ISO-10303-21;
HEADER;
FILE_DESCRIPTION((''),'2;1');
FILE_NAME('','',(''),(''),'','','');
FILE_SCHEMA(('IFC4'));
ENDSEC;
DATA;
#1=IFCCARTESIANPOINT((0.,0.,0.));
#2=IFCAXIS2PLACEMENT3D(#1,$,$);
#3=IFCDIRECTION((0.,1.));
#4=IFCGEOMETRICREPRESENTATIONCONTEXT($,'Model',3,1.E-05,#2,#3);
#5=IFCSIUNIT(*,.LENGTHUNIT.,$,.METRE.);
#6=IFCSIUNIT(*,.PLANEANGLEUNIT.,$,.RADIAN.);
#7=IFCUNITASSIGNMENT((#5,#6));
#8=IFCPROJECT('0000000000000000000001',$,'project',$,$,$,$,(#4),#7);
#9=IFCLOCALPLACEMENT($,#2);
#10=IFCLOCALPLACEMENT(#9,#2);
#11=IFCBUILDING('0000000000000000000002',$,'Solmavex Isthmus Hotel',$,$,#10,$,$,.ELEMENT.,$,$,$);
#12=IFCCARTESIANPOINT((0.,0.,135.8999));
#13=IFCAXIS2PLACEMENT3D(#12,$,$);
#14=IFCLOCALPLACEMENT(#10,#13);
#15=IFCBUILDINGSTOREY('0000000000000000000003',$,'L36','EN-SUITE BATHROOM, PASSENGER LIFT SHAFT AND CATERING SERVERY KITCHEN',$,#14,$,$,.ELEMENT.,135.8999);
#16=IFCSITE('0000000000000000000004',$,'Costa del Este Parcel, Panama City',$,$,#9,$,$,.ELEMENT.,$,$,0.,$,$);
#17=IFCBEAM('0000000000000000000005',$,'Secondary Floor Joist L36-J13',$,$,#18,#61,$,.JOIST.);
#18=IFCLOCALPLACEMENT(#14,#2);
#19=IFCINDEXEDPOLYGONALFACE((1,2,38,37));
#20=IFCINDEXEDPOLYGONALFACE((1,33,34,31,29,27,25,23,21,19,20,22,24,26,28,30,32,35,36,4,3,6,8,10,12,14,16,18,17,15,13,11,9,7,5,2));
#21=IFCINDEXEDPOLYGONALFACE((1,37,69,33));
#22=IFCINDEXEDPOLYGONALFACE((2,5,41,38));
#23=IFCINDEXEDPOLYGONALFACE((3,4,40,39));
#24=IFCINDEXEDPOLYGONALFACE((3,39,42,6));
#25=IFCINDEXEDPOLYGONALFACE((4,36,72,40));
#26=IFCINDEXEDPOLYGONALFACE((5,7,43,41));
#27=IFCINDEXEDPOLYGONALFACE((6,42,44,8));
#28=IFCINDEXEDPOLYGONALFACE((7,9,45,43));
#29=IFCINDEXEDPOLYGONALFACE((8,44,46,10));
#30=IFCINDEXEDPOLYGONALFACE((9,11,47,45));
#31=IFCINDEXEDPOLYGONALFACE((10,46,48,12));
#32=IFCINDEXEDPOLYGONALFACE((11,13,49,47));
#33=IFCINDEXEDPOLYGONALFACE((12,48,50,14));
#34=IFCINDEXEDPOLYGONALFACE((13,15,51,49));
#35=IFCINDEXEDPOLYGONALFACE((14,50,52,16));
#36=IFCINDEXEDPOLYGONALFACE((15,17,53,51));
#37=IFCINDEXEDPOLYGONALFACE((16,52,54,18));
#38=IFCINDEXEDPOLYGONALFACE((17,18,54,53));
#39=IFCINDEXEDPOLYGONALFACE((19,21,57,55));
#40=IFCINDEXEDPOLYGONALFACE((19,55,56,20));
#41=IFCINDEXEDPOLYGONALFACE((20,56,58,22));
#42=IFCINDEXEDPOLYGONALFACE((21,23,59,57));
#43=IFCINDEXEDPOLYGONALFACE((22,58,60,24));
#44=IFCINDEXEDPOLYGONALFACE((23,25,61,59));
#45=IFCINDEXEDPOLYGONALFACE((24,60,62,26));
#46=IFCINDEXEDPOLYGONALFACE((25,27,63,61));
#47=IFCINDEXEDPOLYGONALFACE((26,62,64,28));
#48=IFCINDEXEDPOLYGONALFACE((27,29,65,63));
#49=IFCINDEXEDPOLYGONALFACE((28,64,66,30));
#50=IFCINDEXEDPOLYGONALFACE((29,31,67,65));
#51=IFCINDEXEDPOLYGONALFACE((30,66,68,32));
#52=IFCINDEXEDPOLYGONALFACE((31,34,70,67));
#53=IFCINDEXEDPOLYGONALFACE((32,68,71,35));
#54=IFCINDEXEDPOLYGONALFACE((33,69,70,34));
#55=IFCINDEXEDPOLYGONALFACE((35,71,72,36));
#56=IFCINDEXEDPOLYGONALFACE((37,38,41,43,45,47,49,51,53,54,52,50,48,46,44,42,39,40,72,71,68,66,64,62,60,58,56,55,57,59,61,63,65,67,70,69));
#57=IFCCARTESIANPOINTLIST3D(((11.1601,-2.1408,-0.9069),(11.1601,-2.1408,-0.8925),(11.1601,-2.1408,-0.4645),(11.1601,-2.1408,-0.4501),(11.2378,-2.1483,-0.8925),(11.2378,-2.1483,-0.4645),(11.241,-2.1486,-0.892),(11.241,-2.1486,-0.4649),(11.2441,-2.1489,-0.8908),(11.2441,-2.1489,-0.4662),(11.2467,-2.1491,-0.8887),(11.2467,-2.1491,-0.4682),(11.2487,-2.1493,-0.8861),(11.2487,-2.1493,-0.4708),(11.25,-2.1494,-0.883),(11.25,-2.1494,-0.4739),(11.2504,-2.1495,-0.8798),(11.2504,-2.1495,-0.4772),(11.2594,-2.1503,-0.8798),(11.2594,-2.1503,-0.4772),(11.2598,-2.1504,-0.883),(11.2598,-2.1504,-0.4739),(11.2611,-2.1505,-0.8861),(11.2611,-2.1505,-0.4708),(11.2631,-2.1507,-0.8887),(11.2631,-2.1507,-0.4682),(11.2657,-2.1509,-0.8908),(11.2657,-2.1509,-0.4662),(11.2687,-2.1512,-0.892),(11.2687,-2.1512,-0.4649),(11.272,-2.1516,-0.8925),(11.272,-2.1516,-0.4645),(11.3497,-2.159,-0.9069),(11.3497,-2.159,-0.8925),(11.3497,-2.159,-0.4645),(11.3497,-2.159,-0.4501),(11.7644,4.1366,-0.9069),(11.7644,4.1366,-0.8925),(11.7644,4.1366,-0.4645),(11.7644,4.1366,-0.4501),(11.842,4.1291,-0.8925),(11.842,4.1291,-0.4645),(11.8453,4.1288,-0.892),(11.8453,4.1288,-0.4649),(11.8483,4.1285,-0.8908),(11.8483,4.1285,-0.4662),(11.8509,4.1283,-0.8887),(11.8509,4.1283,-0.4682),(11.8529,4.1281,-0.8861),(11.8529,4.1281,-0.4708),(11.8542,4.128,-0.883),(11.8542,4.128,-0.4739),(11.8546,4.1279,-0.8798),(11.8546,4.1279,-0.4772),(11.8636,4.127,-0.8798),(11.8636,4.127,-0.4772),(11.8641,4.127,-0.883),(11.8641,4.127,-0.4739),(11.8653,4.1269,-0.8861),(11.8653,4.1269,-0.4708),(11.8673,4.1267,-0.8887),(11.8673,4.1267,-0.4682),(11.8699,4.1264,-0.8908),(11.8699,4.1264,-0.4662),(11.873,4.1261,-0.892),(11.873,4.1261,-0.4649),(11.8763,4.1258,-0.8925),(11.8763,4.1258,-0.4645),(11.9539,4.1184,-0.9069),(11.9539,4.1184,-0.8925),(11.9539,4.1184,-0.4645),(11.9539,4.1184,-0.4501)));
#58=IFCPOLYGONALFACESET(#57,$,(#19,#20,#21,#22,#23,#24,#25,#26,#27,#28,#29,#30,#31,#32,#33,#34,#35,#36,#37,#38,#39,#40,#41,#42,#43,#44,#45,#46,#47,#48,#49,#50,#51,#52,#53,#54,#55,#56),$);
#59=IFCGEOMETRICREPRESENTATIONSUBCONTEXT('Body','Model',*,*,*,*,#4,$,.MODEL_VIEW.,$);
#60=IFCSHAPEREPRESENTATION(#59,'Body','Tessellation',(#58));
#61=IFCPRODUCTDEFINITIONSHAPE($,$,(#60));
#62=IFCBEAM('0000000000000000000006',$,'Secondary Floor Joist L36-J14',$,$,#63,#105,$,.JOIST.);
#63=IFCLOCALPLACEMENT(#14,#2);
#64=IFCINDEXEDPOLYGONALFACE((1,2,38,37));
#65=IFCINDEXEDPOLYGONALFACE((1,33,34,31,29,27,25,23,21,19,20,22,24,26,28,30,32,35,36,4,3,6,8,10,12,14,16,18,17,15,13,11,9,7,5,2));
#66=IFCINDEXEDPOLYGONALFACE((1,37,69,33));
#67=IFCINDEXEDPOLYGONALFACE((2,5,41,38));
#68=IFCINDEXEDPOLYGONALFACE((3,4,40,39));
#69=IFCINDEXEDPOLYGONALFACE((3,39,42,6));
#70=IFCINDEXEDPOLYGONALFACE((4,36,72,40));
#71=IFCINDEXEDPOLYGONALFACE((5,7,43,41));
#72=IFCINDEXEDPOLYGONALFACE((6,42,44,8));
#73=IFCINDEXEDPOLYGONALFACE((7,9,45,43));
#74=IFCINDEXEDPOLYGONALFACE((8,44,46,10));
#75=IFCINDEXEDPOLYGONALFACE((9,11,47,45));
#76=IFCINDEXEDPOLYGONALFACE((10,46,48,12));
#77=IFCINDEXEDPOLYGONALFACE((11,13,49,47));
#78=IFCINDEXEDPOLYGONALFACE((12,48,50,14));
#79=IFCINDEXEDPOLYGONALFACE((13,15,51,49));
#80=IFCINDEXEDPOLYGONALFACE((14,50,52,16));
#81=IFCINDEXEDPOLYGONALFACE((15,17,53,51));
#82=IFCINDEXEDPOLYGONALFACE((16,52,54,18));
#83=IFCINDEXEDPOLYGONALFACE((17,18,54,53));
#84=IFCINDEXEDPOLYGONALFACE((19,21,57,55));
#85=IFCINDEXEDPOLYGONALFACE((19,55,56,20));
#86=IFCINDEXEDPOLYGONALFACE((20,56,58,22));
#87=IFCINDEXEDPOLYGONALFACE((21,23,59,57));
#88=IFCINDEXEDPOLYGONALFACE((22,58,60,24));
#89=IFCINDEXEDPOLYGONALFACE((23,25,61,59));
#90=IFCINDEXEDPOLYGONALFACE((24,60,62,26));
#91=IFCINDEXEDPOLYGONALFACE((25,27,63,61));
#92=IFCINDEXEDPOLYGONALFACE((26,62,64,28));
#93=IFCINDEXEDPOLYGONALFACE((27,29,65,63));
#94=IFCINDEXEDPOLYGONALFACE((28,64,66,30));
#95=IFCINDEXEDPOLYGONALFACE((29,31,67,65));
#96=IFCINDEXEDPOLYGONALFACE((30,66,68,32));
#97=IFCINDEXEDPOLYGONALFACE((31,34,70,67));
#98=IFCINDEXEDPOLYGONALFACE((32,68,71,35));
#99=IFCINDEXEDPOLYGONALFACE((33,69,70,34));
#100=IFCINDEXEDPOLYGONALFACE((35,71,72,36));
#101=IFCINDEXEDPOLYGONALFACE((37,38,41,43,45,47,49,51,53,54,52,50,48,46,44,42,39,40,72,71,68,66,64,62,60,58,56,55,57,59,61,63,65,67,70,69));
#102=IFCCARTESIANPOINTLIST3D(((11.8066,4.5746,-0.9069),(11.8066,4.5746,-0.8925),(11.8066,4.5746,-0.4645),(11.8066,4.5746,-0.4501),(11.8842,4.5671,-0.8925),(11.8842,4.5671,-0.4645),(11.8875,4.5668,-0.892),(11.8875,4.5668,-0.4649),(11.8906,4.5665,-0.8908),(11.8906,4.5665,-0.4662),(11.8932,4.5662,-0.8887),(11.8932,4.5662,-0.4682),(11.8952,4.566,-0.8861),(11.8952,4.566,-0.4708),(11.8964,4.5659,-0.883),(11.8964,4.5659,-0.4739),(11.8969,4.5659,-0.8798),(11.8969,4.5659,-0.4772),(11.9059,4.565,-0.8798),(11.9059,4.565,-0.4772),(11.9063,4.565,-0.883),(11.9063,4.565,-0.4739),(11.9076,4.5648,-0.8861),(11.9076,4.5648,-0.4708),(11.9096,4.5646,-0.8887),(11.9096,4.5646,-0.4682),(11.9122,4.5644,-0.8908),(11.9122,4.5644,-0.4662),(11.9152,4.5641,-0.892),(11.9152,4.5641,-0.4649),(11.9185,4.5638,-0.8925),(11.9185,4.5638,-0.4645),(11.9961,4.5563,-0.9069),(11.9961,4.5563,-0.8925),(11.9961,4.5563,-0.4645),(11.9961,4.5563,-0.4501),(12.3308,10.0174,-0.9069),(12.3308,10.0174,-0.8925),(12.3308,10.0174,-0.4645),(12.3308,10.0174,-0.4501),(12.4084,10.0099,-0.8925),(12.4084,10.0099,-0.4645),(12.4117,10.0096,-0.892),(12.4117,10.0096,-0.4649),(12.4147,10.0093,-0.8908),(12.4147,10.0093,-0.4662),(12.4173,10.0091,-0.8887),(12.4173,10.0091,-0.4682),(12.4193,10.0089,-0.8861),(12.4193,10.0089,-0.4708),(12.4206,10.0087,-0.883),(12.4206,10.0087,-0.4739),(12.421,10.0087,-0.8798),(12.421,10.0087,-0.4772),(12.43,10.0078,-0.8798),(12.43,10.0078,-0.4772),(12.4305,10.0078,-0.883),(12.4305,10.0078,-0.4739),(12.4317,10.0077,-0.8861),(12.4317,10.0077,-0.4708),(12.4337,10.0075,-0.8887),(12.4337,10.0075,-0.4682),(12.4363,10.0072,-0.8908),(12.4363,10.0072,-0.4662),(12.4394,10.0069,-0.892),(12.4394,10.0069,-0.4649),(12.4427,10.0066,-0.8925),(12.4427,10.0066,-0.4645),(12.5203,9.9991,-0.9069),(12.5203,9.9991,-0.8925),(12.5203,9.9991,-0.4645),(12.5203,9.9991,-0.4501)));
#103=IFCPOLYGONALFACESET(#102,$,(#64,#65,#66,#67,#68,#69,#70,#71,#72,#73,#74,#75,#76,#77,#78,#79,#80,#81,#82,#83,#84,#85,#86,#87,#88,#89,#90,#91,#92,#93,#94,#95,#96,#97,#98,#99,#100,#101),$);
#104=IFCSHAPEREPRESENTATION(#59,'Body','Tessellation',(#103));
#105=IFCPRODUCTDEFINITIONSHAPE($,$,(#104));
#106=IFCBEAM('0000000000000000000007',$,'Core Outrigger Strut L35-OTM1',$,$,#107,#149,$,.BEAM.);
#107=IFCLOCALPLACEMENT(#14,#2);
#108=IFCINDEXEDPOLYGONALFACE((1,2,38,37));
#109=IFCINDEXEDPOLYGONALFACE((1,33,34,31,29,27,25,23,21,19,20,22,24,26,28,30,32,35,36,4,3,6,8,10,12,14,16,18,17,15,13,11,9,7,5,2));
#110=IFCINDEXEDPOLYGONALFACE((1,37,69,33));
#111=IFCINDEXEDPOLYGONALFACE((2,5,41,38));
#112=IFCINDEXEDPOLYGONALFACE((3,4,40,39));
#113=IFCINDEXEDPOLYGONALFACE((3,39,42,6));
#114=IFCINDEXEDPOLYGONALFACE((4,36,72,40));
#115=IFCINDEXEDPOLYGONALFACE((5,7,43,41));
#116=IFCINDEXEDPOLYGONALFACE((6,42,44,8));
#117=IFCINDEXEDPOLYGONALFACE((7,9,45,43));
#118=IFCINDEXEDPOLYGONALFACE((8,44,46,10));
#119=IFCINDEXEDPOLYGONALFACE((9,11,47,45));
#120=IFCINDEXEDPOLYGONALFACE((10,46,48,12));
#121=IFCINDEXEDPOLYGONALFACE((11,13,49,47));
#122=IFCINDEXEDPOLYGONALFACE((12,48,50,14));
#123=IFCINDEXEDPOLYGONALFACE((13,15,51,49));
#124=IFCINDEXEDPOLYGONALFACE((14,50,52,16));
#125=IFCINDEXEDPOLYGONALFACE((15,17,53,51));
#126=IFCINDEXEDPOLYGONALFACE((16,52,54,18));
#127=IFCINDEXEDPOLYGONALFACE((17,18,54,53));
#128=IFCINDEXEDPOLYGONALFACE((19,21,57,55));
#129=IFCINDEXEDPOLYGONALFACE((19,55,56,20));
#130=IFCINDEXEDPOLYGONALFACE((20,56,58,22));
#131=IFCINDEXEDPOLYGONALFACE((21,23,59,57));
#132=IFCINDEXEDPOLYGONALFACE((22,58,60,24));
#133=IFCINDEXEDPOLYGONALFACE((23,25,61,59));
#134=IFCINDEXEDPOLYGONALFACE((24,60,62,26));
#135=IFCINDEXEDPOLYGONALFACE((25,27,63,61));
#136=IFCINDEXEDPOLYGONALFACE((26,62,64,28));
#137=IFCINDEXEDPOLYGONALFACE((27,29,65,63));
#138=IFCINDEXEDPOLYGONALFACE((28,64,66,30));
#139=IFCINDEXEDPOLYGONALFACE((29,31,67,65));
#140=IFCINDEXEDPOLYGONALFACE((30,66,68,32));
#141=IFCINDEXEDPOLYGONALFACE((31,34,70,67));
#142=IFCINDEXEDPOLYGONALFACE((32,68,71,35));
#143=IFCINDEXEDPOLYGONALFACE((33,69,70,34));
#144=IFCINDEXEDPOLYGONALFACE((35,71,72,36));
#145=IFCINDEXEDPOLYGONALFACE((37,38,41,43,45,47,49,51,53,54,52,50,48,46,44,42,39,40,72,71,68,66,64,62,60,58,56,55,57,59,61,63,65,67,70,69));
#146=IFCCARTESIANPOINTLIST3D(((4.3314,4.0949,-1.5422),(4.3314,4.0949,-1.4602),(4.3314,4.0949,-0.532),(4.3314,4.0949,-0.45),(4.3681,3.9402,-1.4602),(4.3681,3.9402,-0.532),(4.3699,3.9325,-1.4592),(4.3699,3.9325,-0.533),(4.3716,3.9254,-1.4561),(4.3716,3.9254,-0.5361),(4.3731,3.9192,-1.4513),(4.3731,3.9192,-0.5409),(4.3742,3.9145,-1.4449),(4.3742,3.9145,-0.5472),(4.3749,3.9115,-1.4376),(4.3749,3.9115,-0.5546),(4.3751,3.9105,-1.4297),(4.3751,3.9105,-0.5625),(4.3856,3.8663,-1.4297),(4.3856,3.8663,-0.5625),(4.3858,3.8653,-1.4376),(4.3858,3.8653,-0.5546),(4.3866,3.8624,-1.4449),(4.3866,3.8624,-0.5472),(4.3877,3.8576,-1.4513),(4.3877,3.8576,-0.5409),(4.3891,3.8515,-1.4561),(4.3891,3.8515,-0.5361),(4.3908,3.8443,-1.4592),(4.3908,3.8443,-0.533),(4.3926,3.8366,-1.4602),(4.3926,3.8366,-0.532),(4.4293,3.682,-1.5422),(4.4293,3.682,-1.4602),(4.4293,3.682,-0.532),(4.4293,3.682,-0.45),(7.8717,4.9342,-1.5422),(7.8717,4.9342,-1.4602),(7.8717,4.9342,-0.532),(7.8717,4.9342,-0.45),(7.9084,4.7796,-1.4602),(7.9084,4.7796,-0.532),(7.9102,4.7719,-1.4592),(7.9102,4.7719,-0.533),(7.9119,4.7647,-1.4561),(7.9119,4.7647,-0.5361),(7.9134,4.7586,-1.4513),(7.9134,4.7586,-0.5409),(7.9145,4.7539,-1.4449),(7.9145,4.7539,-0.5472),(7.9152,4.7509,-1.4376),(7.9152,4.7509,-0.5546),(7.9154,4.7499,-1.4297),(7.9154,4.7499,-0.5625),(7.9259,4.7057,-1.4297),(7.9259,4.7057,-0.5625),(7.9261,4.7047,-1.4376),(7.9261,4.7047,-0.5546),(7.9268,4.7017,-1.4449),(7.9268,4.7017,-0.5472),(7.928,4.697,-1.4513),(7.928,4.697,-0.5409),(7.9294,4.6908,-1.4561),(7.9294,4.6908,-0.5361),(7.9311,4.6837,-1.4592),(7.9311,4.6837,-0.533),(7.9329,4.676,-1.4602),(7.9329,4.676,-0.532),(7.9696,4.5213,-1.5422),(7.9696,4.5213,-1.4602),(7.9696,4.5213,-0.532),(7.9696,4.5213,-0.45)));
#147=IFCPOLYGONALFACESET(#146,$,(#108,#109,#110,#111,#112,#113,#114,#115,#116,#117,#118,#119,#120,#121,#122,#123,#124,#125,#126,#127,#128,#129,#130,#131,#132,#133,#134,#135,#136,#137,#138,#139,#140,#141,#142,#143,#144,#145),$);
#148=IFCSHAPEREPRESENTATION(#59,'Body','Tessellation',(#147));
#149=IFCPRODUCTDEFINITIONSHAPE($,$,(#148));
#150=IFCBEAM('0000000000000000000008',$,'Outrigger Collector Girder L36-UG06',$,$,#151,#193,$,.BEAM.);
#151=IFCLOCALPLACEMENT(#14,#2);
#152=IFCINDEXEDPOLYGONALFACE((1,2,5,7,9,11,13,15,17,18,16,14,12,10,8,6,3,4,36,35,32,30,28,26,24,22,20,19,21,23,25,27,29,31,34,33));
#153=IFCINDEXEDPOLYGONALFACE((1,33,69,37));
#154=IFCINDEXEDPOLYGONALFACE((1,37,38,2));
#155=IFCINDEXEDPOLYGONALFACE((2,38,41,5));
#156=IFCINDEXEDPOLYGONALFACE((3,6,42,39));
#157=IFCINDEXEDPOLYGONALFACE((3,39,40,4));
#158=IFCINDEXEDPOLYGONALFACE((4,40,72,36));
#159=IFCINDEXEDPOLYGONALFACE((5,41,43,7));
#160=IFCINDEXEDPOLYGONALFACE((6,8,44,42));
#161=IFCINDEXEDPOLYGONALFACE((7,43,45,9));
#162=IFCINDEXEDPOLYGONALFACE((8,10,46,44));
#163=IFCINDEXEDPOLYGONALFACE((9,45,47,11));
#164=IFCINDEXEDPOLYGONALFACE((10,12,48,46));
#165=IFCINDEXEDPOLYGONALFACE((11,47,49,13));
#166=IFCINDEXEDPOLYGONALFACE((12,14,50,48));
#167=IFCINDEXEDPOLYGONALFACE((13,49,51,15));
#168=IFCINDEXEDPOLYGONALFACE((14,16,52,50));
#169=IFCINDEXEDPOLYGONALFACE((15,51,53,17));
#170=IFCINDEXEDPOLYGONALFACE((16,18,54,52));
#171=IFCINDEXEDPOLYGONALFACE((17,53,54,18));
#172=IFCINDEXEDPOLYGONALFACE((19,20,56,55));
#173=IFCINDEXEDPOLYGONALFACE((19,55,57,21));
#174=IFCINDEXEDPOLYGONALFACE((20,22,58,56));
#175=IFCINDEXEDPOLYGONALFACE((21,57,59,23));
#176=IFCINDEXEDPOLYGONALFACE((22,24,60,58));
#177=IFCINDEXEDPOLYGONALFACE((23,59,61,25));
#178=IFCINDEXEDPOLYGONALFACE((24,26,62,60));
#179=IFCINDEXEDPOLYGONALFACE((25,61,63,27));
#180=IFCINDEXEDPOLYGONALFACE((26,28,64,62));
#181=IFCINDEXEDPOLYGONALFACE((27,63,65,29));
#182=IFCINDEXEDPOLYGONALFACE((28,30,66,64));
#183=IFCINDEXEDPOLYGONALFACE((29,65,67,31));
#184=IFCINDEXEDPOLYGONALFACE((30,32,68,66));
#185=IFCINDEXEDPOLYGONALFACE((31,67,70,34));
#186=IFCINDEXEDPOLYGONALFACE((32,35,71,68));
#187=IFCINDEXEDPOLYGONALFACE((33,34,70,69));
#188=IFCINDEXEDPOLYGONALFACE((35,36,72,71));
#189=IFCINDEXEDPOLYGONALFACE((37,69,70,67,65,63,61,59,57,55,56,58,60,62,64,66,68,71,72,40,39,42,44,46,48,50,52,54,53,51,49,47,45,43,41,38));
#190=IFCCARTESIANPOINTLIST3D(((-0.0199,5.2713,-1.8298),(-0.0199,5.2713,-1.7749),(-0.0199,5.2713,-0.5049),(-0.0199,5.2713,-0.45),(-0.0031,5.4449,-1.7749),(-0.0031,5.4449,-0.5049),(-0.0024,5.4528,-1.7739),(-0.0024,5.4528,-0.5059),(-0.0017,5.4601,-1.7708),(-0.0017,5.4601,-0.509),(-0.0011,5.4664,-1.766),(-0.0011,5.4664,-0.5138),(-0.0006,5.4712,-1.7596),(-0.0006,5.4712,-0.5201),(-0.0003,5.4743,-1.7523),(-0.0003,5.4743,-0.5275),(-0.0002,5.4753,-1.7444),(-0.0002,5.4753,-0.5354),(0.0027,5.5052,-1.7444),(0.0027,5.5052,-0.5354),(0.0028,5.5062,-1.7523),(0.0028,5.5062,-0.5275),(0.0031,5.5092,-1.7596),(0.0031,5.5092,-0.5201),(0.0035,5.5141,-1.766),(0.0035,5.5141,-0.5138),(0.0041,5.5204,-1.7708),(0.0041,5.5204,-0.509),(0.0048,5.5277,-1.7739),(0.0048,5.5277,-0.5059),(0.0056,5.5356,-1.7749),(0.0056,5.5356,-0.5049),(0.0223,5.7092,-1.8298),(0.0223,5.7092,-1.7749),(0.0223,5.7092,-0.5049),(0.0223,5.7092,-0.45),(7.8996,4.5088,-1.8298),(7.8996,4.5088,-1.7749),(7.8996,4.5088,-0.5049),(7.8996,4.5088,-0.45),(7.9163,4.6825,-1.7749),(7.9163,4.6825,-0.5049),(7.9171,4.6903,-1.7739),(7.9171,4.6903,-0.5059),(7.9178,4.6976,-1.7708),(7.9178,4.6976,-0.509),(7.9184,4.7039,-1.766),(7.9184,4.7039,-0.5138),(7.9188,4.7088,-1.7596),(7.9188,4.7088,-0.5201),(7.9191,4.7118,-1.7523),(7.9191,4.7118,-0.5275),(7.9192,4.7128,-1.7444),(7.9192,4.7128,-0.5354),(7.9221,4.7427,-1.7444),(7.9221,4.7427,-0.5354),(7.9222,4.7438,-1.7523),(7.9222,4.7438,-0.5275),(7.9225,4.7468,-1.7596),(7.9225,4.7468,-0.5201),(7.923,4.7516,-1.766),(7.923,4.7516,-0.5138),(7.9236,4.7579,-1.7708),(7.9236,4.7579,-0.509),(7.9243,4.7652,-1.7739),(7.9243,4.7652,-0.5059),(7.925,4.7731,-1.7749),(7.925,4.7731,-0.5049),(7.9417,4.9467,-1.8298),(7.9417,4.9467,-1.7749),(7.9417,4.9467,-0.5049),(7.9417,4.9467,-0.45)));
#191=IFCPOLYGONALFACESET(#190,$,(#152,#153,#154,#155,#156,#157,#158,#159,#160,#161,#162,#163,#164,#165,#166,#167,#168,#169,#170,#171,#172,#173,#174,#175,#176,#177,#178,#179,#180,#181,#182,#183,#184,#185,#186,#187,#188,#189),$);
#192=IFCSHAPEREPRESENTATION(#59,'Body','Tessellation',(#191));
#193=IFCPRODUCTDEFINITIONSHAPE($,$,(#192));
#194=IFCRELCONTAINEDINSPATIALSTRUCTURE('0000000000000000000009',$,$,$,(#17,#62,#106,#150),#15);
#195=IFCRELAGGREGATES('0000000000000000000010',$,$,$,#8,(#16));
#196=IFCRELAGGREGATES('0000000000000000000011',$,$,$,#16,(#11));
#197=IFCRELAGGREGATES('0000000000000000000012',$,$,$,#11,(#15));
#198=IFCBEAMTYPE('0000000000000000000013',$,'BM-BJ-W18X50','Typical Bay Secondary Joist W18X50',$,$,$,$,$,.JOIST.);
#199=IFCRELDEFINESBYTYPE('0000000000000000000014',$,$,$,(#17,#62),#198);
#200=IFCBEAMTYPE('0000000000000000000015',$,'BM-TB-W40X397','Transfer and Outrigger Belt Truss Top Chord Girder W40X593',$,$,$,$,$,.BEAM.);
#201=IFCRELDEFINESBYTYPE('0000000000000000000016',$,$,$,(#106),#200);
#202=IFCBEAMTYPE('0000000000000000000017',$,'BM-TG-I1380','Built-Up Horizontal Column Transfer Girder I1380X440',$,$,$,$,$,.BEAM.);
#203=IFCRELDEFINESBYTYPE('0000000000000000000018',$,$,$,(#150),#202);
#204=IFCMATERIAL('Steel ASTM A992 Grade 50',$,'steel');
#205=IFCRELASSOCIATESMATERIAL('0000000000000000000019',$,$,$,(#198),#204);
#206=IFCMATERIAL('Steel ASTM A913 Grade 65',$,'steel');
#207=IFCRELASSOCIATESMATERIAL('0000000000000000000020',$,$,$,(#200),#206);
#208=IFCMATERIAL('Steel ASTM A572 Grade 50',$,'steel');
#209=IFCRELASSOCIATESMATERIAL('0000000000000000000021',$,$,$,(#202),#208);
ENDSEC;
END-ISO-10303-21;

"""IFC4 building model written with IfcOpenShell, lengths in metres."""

from ifc_helpers import new_model, si_unit, direction, frame, origin, origin_2d, place, context, subcontext, project, spatial, i_section, extrude, material, material_profile, profile_set, type_object, element, save


model = new_model("IFC4")

# Units and contexts
model_context = context("Model", 3, precision=1e-05, world=origin(), true_north=direction((0.0, 1.0)))
body_context = subcontext(model_context, "Body", "Model", "MODEL_VIEW")
ifc_project = project(units=[si_unit("LENGTHUNIT", "METRE"), si_unit("PLANEANGLEUNIT", "RADIAN")], contexts=[model_context])

# Site, building, storey
site_placement = place(None, origin())
site = spatial("IfcSite", under=ifc_project, at=site_placement, Name="Costa del Este Parcel, Panama City", CompositionType="ELEMENT", RefElevation=0.0)
building_placement = place(site_placement, origin())
building = spatial("IfcBuilding", under=site, at=building_placement, Name="Solmavex Isthmus Hotel", CompositionType="ELEMENT")
storey_placement = place(building_placement, frame((0.0, 0.0, 135.8999)))
storey = spatial("IfcBuildingStorey", under=building, at=storey_placement, Name="L36", Description="EN-SUITE BATHROOM, PASSENGER LIFT SHAFT AND CATERING SERVERY KITCHEN", CompositionType="ELEMENT", Elevation=135.8999)

# Shared definitions
ifc_material_1 = material(Name="Steel ASTM A913 Grade 65", Category="steel")

# Beams
ifc_material_2 = material(Name="Steel ASTM A992 Grade 50", Category="steel")
ifc_material_profile_1 = material_profile(ifc_material_2, i_section(OverallWidth=0.1904, OverallDepth=0.4568, WebThickness=0.009, FlangeThickness=0.0144, FilletRadius=0.0127, at=origin_2d()), Name="W18X50")
ifc_profile_set_1 = profile_set([ifc_material_profile_1], Name="Steel ASTM A992 Grade 50")
beam_type_1 = type_object("IfcBeamType", Name="BM-BJ-W18X50", Description="Typical Bay Secondary Joist W18X50", PredefinedType="JOIST", material=ifc_profile_set_1)
beam_1_placement = place(storey_placement, frame((11.2549, -2.1499, -0.6785), z_axis=(0.095816, 0.995399, 0.0), x_axis=(-0.995399, 0.095816, 0.0)))
element("IfcBeam", 1, at=beam_1_placement, inside=storey, type_object=beam_type_1, Name="Secondary Floor Joist L36-J13", PredefinedType="JOIST", context=body_context, shape_type="SweptSolid", body=[
    extrude(i_section(OverallWidth=0.1904, OverallDepth=0.4568, WebThickness=0.009, FlangeThickness=0.0144, FilletRadius=0.0127, at=origin_2d()), origin(), (0.0, 0.0, 1.0), 6.3064),
])
beam_2_placement = place(storey_placement, frame((11.9014, 4.5654, -0.6785), z_axis=(0.09586, 0.995395, 0.0), x_axis=(-0.995395, 0.09586, 0.0)))
element("IfcBeam", 2, at=beam_2_placement, inside=storey, type_object=beam_type_1, Name="Secondary Floor Joist L36-J14", PredefinedType="JOIST", context=body_context, shape_type="SweptSolid", body=[
    extrude(i_section(OverallWidth=0.1904, OverallDepth=0.4568, WebThickness=0.009, FlangeThickness=0.0144, FilletRadius=0.0127, at=origin_2d()), origin(), (0.0, 0.0, 1.0), 5.468),
])
ifc_material_profile_2 = material_profile(ifc_material_1, i_section(OverallWidth=0.4243, OverallDepth=1.0923, WebThickness=0.0454, FlangeThickness=0.082, FilletRadius=0.0305, at=origin_2d()), Name="W40X593")
ifc_profile_set_2 = profile_set([ifc_material_profile_2], Name="Steel ASTM A913 Grade 65")
beam_type_2 = type_object("IfcBeamType", Name="BM-TB-W40X397", Description="Transfer and Outrigger Belt Truss Top Chord Girder W40X593", PredefinedType="BEAM", material=ifc_profile_set_2)
beam_3_placement = place(storey_placement, frame((4.3804, 3.8884, -0.9961), z_axis=(0.973027, 0.230692, 0.0), x_axis=(-0.230692, 0.973027, 0.0)))
element("IfcBeam", 3, at=beam_3_placement, inside=storey, type_object=beam_type_2, Name="Core Outrigger Strut L35-OTM1", PredefinedType="BEAM", context=body_context, shape_type="SweptSolid", body=[
    extrude(i_section(OverallWidth=0.4243, OverallDepth=1.0923, WebThickness=0.0454, FlangeThickness=0.082, FilletRadius=0.0305, at=origin_2d()), origin(), (0.0, 0.0, 1.0), 3.6384),
])
ifc_material_3 = material(Name="Steel ASTM A572 Grade 50", Category="steel")
ifc_material_profile_3 = material_profile(ifc_material_3, i_section(OverallWidth=0.4399, OverallDepth=1.3799, WebThickness=0.03, FlangeThickness=0.0549, FilletRadius=0.0305, at=origin_2d()), Name="I1380X440")
ifc_profile_set_3 = profile_set([ifc_material_profile_3], Name="Steel ASTM A572 Grade 50")
beam_type_3 = type_object("IfcBeamType", Name="BM-TG-I1380", Description="Built-Up Horizontal Column Transfer Girder I1380X440", PredefinedType="BEAM", material=ifc_profile_set_3)
for number, where, z_axis, x_axis, name in (
    (4, (0.0012, 5.4902, -1.1399), (0.995397, -0.095833, 0.0), (0.095833, 0.995397, 0.0), "Outrigger Collector Girder L36-UG06"),
):
    element("IfcBeam", number, at=place(storey_placement, frame(where, z_axis=z_axis, x_axis=x_axis)), inside=storey, type_object=beam_type_3, Name=name, PredefinedType="BEAM", context=body_context, shape_type="SweptSolid", body=[
        extrude(i_section(OverallWidth=0.4399, OverallDepth=1.3799, WebThickness=0.03, FlangeThickness=0.0549, FilletRadius=0.0305, at=origin_2d()), origin(), (0.0, 0.0, 1.0), 7.9561),
    ])

save(model, "model.ifc")
